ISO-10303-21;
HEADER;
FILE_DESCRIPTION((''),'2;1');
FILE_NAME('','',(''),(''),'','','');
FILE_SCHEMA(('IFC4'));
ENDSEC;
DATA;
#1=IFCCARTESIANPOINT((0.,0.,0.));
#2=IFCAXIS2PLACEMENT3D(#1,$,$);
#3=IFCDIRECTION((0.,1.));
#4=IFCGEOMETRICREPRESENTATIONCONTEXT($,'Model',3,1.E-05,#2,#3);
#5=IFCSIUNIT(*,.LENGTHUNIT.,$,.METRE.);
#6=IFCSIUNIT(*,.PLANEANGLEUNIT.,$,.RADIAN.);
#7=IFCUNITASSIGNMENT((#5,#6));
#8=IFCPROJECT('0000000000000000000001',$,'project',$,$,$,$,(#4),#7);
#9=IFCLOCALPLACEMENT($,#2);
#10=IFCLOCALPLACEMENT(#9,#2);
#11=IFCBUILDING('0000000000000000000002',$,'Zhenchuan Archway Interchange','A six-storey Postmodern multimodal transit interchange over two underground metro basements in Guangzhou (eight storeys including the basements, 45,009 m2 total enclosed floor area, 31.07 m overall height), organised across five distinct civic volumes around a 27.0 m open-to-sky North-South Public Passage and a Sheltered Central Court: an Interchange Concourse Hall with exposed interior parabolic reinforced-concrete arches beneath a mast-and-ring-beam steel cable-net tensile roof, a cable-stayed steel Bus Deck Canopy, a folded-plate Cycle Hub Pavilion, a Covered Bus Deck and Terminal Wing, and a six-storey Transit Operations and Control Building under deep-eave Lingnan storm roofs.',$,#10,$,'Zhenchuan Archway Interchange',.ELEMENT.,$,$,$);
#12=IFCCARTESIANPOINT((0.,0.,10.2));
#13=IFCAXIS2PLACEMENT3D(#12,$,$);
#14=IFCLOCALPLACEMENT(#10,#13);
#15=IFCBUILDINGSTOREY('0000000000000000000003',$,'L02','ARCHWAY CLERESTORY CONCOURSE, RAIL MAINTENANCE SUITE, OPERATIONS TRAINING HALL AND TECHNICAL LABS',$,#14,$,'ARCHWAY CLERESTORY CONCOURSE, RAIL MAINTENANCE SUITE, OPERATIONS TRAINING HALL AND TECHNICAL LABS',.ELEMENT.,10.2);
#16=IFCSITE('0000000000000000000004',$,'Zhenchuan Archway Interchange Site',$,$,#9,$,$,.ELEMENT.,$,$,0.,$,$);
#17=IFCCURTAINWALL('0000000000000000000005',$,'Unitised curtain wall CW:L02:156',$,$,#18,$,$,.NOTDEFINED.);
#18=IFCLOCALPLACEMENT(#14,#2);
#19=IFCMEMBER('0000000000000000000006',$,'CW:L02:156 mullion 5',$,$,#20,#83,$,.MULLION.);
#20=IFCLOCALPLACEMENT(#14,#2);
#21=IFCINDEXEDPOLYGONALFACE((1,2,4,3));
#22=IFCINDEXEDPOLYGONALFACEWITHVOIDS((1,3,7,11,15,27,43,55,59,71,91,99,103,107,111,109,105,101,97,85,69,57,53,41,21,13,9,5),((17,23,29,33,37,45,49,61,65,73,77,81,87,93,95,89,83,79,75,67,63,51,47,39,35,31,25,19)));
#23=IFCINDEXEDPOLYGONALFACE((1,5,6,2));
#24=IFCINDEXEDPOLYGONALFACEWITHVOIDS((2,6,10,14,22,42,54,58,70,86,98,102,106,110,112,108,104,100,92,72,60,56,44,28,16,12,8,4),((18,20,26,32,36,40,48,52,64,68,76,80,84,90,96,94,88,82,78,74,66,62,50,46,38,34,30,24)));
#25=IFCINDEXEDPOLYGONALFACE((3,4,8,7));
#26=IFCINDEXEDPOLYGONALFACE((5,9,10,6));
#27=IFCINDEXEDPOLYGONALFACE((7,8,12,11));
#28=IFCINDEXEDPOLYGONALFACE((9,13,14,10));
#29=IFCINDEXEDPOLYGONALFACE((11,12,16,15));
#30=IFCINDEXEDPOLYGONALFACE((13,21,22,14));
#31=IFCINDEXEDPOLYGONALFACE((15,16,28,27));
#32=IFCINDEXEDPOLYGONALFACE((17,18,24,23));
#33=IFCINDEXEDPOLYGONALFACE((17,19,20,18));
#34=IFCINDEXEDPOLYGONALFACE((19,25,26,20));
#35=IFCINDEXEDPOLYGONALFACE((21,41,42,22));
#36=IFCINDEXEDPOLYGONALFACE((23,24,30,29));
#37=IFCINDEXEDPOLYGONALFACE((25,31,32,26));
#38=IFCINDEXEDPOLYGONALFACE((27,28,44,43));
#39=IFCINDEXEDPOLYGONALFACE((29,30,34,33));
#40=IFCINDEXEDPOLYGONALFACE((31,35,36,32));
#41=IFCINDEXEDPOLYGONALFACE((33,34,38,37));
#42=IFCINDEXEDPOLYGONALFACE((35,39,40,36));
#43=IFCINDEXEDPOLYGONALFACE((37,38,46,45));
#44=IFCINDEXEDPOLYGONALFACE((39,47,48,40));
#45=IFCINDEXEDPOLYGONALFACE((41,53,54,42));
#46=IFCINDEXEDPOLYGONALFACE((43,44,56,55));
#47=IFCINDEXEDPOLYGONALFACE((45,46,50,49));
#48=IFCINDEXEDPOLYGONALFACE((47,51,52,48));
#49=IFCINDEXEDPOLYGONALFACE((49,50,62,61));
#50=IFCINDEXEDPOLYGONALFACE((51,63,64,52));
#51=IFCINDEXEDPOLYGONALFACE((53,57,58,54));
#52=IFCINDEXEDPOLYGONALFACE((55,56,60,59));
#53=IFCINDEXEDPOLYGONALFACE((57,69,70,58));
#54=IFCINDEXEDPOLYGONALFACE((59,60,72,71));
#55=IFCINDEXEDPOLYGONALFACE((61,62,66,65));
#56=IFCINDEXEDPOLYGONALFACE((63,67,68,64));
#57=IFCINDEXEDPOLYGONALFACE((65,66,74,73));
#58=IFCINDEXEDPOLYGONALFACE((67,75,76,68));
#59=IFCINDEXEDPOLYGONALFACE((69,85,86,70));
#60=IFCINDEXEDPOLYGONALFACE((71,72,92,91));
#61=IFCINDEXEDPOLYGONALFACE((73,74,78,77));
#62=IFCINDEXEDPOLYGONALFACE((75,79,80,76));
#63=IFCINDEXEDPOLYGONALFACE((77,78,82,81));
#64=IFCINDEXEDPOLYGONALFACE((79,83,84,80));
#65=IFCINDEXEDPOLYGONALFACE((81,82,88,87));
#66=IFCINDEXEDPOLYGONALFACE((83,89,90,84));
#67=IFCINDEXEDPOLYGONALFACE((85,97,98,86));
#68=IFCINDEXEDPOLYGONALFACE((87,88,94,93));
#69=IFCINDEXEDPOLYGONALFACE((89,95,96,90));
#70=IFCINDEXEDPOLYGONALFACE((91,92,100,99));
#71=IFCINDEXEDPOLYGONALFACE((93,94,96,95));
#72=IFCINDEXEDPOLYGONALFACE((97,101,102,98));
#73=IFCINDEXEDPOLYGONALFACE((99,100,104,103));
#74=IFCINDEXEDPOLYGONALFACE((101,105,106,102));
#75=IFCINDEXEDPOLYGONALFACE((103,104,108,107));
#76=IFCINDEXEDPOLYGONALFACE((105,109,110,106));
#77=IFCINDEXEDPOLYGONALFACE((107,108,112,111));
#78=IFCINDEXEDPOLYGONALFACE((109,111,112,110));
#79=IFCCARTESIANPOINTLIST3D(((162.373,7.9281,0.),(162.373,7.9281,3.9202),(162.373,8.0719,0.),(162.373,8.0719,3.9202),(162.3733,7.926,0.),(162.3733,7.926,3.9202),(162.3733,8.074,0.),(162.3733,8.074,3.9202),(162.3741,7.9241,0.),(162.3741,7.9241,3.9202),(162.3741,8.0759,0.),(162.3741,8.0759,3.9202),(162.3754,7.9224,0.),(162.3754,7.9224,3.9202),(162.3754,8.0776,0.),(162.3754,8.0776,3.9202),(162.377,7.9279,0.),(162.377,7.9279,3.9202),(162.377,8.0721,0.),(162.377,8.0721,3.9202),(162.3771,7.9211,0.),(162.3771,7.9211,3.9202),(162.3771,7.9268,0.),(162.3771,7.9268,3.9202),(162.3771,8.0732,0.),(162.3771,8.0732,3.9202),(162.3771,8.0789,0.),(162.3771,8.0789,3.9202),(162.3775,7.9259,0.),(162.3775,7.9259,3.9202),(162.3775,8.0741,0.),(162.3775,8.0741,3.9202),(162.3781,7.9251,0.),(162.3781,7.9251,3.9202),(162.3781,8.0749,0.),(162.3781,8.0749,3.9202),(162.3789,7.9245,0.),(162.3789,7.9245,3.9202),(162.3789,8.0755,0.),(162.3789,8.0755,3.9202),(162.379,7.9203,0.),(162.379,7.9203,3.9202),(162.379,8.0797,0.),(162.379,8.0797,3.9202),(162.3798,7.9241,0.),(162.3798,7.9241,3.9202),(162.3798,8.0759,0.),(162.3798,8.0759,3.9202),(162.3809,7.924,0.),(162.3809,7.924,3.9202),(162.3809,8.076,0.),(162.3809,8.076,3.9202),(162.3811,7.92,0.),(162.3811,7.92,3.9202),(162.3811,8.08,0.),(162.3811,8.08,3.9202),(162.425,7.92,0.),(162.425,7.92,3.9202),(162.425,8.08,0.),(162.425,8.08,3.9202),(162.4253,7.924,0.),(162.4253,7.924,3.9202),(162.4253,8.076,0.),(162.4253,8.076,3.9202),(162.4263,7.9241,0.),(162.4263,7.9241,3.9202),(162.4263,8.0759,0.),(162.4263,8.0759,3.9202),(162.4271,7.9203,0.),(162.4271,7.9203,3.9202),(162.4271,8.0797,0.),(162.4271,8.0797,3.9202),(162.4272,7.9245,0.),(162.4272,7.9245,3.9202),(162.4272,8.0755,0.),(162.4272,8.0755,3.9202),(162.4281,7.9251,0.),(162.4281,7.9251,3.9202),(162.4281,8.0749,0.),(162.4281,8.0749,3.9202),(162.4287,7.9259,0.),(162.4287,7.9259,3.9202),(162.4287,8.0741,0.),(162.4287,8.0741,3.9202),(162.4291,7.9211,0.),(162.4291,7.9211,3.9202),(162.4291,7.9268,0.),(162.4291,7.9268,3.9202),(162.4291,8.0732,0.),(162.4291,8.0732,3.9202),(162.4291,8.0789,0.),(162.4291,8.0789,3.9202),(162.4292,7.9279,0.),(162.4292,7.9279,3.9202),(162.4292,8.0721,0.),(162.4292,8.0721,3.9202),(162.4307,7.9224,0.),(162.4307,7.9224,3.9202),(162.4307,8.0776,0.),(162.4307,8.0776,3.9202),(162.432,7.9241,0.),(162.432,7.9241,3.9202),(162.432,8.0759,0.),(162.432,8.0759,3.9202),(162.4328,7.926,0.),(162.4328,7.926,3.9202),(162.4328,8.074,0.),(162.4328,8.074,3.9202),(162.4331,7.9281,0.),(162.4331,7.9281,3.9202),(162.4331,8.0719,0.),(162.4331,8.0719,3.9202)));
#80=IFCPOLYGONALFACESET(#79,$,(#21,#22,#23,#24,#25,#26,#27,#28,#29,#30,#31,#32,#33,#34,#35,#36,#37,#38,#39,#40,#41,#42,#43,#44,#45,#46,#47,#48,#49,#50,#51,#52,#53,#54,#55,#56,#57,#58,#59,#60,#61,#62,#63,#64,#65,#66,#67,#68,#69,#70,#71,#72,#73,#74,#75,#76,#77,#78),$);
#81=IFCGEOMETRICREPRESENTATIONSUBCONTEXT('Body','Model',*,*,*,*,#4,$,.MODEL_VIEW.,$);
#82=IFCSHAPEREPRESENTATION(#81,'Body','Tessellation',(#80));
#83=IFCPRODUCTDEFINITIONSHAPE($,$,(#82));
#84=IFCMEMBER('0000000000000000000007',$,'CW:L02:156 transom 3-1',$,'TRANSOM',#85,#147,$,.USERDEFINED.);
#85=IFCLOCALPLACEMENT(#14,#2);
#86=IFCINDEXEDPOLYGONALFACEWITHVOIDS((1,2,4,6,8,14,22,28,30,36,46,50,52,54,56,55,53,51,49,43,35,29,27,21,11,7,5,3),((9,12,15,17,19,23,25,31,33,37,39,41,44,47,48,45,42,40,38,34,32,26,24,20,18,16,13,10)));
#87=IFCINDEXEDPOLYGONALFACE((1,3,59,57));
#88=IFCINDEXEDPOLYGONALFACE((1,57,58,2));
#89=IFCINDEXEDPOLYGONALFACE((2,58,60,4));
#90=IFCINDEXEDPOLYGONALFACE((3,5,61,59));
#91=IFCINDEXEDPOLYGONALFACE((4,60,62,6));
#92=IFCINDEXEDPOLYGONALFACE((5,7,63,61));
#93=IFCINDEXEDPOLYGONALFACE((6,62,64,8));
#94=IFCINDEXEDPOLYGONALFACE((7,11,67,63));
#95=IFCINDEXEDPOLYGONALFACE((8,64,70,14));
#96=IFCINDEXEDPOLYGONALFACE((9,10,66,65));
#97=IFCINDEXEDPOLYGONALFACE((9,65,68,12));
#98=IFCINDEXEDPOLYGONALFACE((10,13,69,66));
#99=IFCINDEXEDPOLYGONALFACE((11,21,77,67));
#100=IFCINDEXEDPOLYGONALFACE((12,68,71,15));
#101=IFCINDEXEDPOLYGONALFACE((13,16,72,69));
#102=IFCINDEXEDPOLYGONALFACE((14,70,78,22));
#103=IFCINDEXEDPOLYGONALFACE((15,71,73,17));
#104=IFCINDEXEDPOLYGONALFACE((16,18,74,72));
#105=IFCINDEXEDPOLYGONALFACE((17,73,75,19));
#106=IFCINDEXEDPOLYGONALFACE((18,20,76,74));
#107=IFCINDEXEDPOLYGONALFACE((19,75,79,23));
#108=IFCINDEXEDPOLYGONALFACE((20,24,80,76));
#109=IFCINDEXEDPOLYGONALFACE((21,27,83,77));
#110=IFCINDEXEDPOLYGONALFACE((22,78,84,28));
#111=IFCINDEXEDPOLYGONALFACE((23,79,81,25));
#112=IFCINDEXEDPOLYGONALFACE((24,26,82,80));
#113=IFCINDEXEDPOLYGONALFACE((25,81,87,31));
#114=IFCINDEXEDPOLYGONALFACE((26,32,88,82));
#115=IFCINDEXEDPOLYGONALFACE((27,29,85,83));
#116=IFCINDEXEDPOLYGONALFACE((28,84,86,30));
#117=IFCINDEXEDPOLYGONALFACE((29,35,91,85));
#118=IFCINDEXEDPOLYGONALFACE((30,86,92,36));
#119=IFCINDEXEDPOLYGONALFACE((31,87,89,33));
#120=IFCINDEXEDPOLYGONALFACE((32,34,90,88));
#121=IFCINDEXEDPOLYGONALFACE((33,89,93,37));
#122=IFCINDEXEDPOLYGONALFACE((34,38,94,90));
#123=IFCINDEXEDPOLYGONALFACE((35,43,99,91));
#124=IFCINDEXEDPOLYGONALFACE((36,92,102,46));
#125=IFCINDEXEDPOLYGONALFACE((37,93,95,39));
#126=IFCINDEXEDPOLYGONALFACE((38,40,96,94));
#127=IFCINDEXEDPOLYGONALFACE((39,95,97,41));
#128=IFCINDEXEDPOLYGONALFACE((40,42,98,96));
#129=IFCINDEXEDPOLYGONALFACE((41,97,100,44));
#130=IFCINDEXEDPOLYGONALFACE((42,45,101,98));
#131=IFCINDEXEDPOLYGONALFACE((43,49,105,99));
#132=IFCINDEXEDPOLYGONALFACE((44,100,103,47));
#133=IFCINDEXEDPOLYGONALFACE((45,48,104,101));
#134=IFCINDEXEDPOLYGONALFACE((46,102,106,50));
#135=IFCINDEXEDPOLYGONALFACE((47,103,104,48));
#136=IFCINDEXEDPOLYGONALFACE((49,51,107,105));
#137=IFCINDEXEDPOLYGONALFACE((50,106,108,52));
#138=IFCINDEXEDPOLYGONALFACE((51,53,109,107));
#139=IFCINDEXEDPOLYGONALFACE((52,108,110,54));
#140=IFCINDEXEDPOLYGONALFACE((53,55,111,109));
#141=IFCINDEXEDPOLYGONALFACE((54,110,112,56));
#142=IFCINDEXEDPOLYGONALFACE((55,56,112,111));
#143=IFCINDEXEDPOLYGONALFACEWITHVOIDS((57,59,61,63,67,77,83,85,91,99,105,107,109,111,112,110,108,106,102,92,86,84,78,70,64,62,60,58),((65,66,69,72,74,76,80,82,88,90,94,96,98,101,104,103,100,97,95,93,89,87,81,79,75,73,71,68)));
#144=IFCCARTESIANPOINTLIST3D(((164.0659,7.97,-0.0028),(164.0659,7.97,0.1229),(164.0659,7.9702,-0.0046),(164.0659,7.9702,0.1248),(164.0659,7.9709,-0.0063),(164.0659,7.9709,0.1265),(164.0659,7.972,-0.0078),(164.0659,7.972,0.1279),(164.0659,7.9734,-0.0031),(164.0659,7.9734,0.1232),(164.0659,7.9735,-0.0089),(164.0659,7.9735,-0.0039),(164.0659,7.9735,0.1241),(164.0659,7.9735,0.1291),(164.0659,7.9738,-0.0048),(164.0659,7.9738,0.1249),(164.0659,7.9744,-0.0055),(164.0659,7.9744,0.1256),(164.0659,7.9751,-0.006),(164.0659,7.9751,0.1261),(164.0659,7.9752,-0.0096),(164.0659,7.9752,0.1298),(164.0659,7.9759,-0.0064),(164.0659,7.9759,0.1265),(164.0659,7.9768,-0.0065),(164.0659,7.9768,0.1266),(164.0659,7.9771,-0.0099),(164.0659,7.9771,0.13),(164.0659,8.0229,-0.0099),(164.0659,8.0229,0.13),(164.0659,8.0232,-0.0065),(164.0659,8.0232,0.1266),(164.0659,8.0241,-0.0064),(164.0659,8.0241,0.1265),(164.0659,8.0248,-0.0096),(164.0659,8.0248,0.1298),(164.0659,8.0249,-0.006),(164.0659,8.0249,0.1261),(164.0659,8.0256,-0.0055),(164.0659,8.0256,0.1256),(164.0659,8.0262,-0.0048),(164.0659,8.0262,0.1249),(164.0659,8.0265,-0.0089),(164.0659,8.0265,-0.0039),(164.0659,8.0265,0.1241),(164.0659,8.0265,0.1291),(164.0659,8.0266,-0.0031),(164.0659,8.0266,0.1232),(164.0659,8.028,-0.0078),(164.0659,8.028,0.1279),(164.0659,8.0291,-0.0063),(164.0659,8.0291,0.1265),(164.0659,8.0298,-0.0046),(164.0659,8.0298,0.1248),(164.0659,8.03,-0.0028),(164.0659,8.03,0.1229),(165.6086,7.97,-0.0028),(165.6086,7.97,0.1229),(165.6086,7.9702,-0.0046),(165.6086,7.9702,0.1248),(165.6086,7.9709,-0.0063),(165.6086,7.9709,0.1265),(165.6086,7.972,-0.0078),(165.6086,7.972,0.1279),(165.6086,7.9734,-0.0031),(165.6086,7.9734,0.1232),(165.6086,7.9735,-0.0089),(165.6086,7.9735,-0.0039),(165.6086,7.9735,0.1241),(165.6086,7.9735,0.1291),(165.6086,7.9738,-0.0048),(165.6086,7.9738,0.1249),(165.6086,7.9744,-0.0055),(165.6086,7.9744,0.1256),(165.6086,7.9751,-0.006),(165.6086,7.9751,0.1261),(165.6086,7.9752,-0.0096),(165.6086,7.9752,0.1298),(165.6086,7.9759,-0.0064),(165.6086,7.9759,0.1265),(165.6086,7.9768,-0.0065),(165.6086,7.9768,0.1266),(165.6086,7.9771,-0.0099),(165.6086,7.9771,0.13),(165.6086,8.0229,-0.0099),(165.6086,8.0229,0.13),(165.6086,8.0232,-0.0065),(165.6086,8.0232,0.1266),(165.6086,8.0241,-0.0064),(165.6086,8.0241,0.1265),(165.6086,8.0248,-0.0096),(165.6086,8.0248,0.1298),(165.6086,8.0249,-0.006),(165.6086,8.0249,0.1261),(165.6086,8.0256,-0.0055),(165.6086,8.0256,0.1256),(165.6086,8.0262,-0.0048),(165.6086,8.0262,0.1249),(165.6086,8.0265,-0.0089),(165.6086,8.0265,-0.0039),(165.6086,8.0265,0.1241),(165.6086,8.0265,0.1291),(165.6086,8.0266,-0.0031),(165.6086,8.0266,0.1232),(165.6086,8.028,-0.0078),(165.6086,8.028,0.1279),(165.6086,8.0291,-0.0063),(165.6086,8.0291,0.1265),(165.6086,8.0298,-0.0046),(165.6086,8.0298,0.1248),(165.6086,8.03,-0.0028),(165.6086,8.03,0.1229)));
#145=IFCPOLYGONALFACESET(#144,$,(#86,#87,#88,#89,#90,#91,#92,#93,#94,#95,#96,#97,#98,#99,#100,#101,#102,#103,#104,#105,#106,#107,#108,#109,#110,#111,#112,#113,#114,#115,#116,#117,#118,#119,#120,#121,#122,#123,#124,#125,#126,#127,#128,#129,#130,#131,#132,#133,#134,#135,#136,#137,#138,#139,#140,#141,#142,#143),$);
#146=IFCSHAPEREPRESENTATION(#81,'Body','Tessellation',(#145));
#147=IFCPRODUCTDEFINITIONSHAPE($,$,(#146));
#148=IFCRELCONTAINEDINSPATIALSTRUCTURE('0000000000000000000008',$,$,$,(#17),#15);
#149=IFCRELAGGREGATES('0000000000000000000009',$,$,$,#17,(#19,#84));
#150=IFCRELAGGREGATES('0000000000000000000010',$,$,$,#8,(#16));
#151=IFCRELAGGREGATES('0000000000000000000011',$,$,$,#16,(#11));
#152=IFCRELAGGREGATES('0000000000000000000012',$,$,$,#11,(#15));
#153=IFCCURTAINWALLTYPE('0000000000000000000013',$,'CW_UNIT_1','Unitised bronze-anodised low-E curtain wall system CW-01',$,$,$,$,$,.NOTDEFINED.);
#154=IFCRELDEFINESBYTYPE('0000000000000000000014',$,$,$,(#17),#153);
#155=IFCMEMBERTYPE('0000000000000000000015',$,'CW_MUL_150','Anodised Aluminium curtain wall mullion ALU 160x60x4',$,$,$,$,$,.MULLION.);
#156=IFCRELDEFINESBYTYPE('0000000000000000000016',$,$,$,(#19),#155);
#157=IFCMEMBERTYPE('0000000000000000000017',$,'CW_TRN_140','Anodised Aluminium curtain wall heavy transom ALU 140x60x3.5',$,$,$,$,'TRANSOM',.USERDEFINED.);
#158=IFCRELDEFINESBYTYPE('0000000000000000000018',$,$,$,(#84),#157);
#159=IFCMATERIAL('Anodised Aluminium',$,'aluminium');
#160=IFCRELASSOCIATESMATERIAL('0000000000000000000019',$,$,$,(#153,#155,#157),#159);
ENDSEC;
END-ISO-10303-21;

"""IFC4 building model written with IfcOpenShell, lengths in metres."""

from ifc_helpers import new_model, si_unit, direction, frame, origin, origin_2d, place, context, subcontext, project, spatial, hollow_rectangle, extrude, material, material_profile, profile_set, type_object, element, aggregate, save


model = new_model("IFC4")

# Units and contexts
model_context = context("Model", 3, precision=1e-05, world=origin(), true_north=direction((0.0, 1.0)))
body_context = subcontext(model_context, "Body", "Model", "MODEL_VIEW")
ifc_project = project(units=[si_unit("LENGTHUNIT", "METRE"), si_unit("PLANEANGLEUNIT", "RADIAN")], contexts=[model_context])

# Site, building, storey
site_placement = place(None, origin())
site = spatial("IfcSite", under=ifc_project, at=site_placement, Name="Zhenchuan Archway Interchange Site", CompositionType="ELEMENT", RefElevation=0.0)
building_placement = place(site_placement, origin())
building = spatial("IfcBuilding", under=site, at=building_placement, Name="Zhenchuan Archway Interchange", Description="A six-storey Postmodern multimodal transit interchange over two underground metro basements in Guangzhou (eight storeys including the basements, 45,009 m2 total enclosed floor area, 31.07 m overall height), organised across five distinct civic volumes around a 27.0 m open-to-sky North-South Public Passage and a Sheltered Central Court: an Interchange Concourse Hall with exposed interior parabolic reinforced-concrete arches beneath a mast-and-ring-beam steel cable-net tensile roof, a cable-stayed steel Bus Deck Canopy, a folded-plate Cycle Hub Pavilion, a Covered Bus Deck and Terminal Wing, and a six-storey Transit Operations and Control Building under deep-eave Lingnan storm roofs.", LongName="Zhenchuan Archway Interchange", CompositionType="ELEMENT")
storey_placement = place(building_placement, frame((0.0, 0.0, 10.2)))
storey = spatial("IfcBuildingStorey", under=building, at=storey_placement, Name="L02", Description="ARCHWAY CLERESTORY CONCOURSE, RAIL MAINTENANCE SUITE, OPERATIONS TRAINING HALL AND TECHNICAL LABS", LongName="ARCHWAY CLERESTORY CONCOURSE, RAIL MAINTENANCE SUITE, OPERATIONS TRAINING HALL AND TECHNICAL LABS", CompositionType="ELEMENT", Elevation=10.2)

# Curtain wall, members
ifc_material_1 = material(Name="Anodised Aluminium", Category="aluminium")
curtain_wall_type = type_object("IfcCurtainWallType", Name="CW_UNIT_1", Description="Unitised bronze-anodised low-E curtain wall system CW-01", PredefinedType="NOTDEFINED", material=ifc_material_1)
curtain_wall_placement = place(storey_placement, origin())
curtain_wall = element("IfcCurtainWall", 1, at=curtain_wall_placement, inside=storey, type_object=curtain_wall_type, Name="Unitised curtain wall CW:L02:156", PredefinedType="NOTDEFINED")
ifc_material_profile_1 = material_profile(ifc_material_1, hollow_rectangle(XDim=0.0601, YDim=0.1599, WallThickness=0.0039, InnerFilletRadius=0.0039, OuterFilletRadius=0.0081, at=origin_2d()), Name="ALU 160x60x4")
ifc_profile_set_1 = profile_set([ifc_material_profile_1], Name="Anodised Aluminium")
member_type_1 = type_object("IfcMemberType", Name="CW_MUL_150", Description="Anodised Aluminium curtain wall mullion ALU 160x60x4", PredefinedType="MULLION", material=ifc_profile_set_1)
member_1_placement = place(storey_placement, frame((162.4031, 8.0, 0.0), z_axis=(0.0, 0.0, 1.0), x_axis=(1.0, 0.0, 0.0)))
member_1 = element("IfcMember", 2, at=member_1_placement, type_object=member_type_1, Name="CW:L02:156 mullion 5", PredefinedType="MULLION", context=body_context, shape_type="SweptSolid", body=[
    extrude(hollow_rectangle(XDim=0.0601, YDim=0.1599, WallThickness=0.0039, InnerFilletRadius=0.0039, OuterFilletRadius=0.0081, at=origin_2d()), origin(), (0.0, 0.0, 1.0), 3.9202),
])
ifc_material_profile_2 = material_profile(ifc_material_1, hollow_rectangle(XDim=0.0601, YDim=0.1399, WallThickness=0.0034, InnerFilletRadius=0.0034, OuterFilletRadius=0.0071, at=origin_2d()), Name="ALU 140x60x3.5")
ifc_profile_set_2 = profile_set([ifc_material_profile_2], Name="Anodised Aluminium")
member_type_2 = type_object("IfcMemberType", Name="CW_TRN_140", Description="Anodised Aluminium curtain wall heavy transom ALU 140x60x3.5", ElementType="TRANSOM", PredefinedType="USERDEFINED", material=ifc_profile_set_2)
member_2_placement = place(storey_placement, frame((165.6086, 8.0, 0.0601), z_axis=(-1.0, 0.0, 0.0), x_axis=(0.0, -1.0, 0.0)))
member_2 = element("IfcMember", 3, at=member_2_placement, type_object=member_type_2, Name="CW:L02:156 transom 3-1", ObjectType="TRANSOM", PredefinedType="USERDEFINED", context=body_context, shape_type="SweptSolid", body=[
    extrude(hollow_rectangle(XDim=0.0601, YDim=0.1399, WallThickness=0.0034, InnerFilletRadius=0.0034, OuterFilletRadius=0.0071, at=origin_2d()), origin(), (0.0, 0.0, 1.0), 1.5427),
])

aggregate(curtain_wall, [member_1, member_2])

save(model, "model.ifc")
